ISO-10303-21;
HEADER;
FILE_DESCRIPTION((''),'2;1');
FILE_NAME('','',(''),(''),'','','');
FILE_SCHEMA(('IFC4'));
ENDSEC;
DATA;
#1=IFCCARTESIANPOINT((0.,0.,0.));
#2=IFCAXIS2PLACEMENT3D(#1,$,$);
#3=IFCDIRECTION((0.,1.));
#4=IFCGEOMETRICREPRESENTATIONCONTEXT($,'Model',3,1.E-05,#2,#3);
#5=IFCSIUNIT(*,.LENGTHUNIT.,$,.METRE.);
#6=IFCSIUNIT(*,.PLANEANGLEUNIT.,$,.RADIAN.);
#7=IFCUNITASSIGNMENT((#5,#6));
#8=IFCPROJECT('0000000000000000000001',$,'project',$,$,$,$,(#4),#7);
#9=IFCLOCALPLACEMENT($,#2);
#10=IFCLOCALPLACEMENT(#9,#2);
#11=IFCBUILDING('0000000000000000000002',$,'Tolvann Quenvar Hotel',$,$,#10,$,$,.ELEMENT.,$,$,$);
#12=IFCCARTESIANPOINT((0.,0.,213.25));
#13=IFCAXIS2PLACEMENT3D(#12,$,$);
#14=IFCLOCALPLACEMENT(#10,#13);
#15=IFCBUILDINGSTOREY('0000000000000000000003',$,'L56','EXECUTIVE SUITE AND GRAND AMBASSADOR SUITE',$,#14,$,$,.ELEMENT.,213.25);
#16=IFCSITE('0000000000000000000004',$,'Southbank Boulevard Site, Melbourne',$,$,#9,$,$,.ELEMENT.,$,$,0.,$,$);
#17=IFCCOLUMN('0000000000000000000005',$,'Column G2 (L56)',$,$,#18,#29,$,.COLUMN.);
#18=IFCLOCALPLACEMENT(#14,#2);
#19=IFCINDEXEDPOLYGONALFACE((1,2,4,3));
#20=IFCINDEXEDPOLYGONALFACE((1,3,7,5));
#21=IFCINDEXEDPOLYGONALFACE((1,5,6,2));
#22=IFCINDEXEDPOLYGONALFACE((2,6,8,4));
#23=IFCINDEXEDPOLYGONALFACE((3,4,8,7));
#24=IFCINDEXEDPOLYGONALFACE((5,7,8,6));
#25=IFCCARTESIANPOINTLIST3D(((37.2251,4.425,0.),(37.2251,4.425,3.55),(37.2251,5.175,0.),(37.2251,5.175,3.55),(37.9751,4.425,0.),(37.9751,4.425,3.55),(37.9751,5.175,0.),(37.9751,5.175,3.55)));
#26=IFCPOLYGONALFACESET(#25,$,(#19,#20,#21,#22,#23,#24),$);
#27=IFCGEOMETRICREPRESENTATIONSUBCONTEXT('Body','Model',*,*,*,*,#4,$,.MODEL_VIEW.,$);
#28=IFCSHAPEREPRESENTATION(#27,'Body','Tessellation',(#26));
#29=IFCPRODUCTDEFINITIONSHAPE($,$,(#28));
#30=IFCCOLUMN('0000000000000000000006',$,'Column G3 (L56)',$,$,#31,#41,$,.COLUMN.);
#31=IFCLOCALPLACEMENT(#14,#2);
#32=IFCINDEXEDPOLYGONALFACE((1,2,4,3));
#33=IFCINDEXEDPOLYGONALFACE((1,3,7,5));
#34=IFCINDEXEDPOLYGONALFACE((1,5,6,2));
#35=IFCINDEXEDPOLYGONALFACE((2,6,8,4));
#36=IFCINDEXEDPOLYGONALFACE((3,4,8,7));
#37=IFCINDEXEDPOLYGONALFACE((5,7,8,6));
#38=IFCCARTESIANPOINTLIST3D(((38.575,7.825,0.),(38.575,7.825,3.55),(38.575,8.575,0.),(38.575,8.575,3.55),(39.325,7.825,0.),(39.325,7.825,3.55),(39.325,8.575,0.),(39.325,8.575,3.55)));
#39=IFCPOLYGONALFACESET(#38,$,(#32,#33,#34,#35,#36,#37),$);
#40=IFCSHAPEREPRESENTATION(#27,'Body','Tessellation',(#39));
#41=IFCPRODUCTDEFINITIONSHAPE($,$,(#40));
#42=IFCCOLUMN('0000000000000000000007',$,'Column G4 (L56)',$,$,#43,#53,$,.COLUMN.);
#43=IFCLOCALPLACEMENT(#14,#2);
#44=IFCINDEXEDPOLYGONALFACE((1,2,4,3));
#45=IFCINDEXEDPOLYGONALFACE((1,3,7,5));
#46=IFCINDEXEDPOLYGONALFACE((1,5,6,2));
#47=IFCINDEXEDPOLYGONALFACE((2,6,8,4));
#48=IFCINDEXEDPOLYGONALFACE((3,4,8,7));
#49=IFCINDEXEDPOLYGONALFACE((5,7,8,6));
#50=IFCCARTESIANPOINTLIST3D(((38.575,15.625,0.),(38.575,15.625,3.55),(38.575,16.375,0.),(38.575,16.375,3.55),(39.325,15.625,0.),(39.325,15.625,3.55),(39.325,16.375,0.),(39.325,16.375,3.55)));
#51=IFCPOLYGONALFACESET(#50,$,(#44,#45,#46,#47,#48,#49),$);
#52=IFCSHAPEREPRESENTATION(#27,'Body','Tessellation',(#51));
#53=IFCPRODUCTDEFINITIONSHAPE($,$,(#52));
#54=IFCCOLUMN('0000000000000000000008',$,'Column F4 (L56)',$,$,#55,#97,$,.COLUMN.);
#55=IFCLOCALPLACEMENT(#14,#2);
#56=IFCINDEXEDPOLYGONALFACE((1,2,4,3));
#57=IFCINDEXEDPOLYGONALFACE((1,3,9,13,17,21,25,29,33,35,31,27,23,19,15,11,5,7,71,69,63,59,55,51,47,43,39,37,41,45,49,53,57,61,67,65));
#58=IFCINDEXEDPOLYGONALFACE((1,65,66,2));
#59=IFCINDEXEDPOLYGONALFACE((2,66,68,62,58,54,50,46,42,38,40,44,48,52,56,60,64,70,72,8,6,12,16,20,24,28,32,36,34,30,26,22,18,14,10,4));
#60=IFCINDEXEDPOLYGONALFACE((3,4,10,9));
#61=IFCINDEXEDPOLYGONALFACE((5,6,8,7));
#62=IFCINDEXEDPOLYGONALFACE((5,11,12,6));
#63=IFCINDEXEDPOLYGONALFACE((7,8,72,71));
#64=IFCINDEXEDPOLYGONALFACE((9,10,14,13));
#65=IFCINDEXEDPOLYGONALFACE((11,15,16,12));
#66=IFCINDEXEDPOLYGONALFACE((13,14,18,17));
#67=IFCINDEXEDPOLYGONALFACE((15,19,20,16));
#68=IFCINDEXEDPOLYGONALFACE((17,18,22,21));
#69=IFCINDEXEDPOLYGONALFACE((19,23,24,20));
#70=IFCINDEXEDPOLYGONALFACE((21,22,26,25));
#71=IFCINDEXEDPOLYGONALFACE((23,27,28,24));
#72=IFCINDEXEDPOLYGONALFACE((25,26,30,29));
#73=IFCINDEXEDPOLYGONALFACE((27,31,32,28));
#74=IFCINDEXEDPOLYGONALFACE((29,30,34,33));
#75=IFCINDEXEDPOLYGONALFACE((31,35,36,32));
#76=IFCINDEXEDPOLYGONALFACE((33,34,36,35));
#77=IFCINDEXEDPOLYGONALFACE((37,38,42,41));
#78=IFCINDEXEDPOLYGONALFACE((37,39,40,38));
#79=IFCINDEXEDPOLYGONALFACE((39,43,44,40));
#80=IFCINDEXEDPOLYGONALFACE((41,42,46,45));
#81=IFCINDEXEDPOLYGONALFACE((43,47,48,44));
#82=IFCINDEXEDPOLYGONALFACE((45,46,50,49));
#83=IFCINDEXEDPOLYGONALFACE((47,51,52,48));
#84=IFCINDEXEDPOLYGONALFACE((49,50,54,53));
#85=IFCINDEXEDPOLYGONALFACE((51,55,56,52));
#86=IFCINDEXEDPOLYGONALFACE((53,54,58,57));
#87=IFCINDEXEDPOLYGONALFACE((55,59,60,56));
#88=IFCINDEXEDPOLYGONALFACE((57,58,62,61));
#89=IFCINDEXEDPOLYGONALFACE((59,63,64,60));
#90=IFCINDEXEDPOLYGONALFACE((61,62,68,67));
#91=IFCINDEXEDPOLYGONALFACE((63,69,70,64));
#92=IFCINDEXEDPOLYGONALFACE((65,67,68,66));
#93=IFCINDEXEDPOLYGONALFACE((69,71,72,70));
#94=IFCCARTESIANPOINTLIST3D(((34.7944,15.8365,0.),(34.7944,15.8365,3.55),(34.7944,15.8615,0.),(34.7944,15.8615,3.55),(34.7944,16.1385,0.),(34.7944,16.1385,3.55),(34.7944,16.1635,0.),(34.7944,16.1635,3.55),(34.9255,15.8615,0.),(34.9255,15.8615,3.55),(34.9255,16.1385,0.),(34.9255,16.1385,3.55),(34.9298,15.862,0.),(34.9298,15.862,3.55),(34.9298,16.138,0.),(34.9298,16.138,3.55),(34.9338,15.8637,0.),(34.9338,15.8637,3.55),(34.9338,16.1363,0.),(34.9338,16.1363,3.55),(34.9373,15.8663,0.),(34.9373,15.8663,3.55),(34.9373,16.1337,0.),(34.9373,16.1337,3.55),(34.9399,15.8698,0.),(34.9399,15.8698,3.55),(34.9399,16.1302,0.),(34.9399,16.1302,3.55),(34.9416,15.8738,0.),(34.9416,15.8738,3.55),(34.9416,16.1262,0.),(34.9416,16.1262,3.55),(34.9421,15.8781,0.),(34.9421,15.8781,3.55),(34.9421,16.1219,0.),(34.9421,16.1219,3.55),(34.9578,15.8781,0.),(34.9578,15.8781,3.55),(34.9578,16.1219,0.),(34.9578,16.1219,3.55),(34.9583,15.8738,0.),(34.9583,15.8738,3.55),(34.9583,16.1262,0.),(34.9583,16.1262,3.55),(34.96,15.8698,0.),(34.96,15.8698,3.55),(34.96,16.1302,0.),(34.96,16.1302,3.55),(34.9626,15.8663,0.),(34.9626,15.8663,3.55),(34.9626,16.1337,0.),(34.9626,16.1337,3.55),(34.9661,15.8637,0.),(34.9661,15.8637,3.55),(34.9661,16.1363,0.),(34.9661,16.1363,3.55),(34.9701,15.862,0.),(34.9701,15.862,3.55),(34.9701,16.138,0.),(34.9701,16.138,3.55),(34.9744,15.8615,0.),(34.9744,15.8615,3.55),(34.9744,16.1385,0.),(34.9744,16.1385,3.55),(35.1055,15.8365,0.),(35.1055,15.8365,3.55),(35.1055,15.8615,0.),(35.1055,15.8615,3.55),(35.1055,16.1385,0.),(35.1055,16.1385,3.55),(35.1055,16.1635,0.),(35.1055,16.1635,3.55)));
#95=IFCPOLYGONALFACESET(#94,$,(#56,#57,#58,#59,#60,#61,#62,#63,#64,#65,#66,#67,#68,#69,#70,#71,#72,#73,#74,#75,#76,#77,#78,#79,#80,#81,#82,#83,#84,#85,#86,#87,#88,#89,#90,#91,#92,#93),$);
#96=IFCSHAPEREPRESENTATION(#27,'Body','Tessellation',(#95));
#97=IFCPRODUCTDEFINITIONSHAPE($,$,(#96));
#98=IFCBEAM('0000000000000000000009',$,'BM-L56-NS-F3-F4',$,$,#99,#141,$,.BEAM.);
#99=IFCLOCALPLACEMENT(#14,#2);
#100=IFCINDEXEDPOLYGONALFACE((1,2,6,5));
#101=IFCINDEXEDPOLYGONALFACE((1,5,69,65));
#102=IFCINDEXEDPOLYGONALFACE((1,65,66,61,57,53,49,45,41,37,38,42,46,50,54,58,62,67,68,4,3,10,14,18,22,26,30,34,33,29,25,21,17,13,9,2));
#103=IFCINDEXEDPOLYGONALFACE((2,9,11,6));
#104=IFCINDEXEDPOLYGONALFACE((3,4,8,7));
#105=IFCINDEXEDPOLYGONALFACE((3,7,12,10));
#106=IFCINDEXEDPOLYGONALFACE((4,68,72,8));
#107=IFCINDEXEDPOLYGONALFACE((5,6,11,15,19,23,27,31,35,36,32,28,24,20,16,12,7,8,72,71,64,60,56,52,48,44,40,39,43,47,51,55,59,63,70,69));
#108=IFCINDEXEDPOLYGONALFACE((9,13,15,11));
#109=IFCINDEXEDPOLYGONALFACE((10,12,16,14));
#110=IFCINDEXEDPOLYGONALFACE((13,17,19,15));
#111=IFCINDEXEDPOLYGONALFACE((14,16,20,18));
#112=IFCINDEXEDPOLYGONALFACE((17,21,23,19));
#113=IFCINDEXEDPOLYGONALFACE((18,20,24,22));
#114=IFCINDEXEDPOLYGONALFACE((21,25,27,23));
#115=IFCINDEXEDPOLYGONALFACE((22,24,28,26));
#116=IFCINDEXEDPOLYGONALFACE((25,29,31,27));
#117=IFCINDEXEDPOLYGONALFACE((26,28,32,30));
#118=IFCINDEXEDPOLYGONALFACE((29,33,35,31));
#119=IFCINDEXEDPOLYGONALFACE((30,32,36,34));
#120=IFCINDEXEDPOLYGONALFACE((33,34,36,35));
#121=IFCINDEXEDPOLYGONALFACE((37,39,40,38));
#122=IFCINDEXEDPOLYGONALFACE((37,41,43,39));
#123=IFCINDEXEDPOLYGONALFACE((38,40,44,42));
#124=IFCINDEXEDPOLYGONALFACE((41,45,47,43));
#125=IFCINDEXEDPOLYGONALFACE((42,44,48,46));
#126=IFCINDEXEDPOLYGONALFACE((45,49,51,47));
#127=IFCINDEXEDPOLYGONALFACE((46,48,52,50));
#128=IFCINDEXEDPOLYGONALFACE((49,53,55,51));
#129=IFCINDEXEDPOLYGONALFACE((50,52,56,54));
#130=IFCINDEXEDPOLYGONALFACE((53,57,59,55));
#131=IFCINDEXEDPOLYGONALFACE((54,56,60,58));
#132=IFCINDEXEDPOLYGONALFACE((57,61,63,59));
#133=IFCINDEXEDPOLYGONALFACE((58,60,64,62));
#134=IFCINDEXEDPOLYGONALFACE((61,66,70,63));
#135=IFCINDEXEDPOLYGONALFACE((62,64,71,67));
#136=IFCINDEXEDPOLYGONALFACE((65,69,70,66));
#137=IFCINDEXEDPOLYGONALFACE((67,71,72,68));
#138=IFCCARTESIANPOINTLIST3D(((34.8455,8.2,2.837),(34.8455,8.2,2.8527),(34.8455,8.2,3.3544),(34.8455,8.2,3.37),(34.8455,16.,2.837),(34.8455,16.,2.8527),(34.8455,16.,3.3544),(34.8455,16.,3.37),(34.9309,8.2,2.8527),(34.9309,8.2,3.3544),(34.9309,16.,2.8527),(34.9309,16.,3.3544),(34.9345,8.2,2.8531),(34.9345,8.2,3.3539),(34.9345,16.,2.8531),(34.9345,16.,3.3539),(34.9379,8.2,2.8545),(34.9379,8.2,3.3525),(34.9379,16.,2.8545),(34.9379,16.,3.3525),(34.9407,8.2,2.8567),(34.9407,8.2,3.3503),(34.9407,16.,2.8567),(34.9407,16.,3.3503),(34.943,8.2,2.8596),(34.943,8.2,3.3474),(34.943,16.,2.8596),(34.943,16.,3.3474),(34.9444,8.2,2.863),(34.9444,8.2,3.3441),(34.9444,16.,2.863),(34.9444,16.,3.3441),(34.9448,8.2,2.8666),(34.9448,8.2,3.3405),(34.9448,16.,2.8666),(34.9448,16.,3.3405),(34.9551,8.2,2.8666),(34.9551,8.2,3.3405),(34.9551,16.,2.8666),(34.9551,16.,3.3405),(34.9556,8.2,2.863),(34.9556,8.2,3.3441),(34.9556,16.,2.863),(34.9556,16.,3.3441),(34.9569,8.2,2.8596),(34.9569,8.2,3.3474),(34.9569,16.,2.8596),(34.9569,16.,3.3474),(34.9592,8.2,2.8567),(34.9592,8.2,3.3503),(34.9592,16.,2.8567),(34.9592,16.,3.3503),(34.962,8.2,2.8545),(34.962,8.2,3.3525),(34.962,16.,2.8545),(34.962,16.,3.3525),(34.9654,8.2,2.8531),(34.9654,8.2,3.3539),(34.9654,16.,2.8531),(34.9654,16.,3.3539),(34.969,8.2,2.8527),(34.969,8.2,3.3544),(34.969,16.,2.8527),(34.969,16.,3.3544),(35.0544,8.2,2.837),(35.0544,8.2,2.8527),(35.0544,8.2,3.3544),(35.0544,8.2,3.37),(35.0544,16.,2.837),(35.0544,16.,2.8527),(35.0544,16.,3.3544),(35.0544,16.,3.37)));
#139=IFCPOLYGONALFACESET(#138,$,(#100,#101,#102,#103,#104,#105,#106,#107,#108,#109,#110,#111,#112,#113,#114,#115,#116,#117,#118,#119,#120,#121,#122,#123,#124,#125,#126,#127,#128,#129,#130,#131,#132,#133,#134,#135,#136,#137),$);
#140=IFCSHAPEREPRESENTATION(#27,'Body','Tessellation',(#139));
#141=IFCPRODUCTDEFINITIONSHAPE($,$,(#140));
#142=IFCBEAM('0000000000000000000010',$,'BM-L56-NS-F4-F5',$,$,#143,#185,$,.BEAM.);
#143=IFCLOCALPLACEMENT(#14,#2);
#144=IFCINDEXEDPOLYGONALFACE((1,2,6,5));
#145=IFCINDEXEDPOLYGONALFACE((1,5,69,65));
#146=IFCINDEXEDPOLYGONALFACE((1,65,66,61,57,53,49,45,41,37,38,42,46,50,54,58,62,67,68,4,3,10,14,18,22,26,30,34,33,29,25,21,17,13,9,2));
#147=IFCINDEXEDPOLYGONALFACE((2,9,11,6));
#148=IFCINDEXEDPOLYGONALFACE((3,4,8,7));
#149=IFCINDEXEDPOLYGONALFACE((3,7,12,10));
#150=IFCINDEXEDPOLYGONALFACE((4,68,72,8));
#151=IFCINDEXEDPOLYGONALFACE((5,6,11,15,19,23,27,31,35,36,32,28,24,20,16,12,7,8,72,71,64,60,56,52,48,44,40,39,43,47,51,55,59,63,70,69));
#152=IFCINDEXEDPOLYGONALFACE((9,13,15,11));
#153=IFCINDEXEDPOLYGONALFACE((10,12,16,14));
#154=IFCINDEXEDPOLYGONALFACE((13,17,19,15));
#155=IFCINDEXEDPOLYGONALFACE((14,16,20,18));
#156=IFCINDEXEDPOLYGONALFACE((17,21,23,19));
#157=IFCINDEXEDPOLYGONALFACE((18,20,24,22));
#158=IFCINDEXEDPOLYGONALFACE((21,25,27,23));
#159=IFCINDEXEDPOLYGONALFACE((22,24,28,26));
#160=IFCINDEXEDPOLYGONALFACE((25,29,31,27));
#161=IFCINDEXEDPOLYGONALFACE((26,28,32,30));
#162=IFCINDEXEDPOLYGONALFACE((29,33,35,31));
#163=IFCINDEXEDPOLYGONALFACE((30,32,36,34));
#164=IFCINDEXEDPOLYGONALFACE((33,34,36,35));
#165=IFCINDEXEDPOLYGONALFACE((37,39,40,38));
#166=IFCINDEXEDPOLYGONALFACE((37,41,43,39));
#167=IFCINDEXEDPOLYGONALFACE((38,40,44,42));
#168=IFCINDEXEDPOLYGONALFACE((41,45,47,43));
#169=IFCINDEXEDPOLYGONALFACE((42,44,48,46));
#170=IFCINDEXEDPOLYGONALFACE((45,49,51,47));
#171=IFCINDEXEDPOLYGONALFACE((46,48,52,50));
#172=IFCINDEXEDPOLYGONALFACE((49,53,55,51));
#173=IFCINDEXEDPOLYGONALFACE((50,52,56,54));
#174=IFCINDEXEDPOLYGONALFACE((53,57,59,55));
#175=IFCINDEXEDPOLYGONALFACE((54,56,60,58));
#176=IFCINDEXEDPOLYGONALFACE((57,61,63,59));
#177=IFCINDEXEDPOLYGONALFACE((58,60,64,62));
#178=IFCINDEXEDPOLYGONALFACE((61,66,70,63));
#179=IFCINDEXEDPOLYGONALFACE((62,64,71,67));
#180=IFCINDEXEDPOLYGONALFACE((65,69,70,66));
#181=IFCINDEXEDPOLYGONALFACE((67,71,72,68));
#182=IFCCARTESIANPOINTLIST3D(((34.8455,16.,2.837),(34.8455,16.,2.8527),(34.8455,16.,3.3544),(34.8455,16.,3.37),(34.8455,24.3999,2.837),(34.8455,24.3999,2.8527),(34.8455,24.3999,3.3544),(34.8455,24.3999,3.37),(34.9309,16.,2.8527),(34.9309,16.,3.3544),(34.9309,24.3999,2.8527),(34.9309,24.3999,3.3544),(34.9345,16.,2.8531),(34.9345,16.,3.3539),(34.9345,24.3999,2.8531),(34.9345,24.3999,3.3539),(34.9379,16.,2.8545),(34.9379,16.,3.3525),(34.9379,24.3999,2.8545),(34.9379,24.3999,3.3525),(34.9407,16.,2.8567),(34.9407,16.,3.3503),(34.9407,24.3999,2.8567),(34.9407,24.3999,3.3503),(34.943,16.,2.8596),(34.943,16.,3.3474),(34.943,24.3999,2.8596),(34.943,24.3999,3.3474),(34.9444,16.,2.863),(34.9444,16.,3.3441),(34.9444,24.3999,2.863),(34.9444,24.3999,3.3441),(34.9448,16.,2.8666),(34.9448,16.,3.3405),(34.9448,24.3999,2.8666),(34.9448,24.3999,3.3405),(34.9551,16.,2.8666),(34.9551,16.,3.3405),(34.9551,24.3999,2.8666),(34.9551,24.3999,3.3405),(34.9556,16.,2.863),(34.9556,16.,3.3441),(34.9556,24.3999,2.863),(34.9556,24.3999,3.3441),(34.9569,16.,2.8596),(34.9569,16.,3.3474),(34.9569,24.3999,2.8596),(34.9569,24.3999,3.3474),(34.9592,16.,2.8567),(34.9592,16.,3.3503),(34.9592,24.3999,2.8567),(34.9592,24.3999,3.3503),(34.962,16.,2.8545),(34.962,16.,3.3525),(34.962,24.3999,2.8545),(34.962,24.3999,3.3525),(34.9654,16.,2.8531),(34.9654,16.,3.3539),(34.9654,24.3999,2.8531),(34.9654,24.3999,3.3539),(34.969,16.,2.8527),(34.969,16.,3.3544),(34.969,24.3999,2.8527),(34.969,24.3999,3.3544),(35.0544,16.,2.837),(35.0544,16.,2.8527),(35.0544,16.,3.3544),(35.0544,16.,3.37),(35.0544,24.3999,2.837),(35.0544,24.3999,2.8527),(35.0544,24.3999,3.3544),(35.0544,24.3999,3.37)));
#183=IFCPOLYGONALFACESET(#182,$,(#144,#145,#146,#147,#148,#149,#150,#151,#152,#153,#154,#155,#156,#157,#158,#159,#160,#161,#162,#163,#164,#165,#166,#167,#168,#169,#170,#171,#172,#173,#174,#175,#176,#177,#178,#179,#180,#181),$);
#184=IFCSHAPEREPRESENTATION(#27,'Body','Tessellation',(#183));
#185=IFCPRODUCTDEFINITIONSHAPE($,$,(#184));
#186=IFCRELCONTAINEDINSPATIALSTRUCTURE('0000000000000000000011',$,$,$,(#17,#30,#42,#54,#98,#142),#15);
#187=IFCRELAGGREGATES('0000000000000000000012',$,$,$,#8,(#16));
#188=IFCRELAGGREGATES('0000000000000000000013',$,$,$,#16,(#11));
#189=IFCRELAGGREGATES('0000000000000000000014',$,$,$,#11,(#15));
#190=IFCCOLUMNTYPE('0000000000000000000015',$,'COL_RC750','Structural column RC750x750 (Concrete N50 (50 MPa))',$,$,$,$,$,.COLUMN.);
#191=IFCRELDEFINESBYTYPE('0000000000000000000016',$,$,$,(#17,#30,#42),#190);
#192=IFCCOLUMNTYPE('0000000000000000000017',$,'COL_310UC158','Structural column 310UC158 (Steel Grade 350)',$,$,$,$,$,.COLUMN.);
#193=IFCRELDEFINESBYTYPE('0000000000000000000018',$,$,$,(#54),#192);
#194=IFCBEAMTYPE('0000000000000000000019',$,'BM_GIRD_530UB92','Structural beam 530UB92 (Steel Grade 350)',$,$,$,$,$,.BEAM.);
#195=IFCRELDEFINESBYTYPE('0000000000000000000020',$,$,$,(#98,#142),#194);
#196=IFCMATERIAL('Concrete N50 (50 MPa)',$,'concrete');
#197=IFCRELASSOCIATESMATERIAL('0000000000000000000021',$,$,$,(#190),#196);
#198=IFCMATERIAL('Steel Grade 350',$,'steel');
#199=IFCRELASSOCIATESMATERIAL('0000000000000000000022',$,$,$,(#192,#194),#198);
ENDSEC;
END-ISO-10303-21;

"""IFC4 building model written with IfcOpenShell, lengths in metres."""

from ifc_helpers import new_model, si_unit, direction, frame, origin, origin_2d, place, context, subcontext, project, spatial, rectangle, i_section, extrude, source, transform, mapped, material, material_profile, profile_set, type_object, type_shapes, element, save


model = new_model("IFC4")

# Units and contexts
model_context = context("Model", 3, precision=1e-05, world=origin(), true_north=direction((0.0, 1.0)))
body_context = subcontext(model_context, "Body", "Model", "MODEL_VIEW")
ifc_project = project(units=[si_unit("LENGTHUNIT", "METRE"), si_unit("PLANEANGLEUNIT", "RADIAN")], contexts=[model_context])

# Site, building, storey
site_placement = place(None, origin())
site = spatial("IfcSite", under=ifc_project, at=site_placement, Name="Southbank Boulevard Site, Melbourne", CompositionType="ELEMENT", RefElevation=0.0)
building_placement = place(site_placement, origin())
building = spatial("IfcBuilding", under=site, at=building_placement, Name="Tolvann Quenvar Hotel", CompositionType="ELEMENT")
storey_placement = place(building_placement, frame((0.0, 0.0, 213.25)))
storey = spatial("IfcBuildingStorey", under=building, at=storey_placement, Name="L56", Description="EXECUTIVE SUITE AND GRAND AMBASSADOR SUITE", CompositionType="ELEMENT", Elevation=213.25)

# Columns
ifc_material_1 = material(Name="Concrete N50 (50 MPa)", Category="concrete")
ifc_material_profile_1 = material_profile(ifc_material_1, rectangle(XDim=0.75, YDim=0.75, at=origin_2d()), Name="RC750x750")
ifc_profile_set_1 = profile_set([ifc_material_profile_1], Name="Concrete N50 (50 MPa)")
column_type_1 = type_object("IfcColumnType", Name="COL_RC750", Description="Structural column RC750x750 (Concrete N50 (50 MPa))", PredefinedType="COLUMN", material=ifc_profile_set_1)
shared_shape_1 = source(origin(), body_context, "Body", "SweptSolid", [
    extrude(rectangle(XDim=0.75, YDim=0.75, at=origin_2d()), origin(), (0.0, 0.0, 1.0), 3.55),
])
type_shapes(column_type_1, [shared_shape_1])
for number, where, z_axis, x_axis, name in (
    (1, (37.6001, 4.8, 0.0), (0.0, 0.0, 1.0), (1.0, 0.0, 0.0), "Column G2 (L56)"),
    (2, (38.95, 8.2, 0.0), (0.0, 0.0, 1.0), (1.0, 0.0, 0.0), "Column G3 (L56)"),
    (3, (38.95, 16.0, 0.0), (0.0, 0.0, 1.0), (1.0, 0.0, 0.0), "Column G4 (L56)"),
):
    element("IfcColumn", number, at=place(storey_placement, frame(where, z_axis=z_axis, x_axis=x_axis)), inside=storey, type_object=column_type_1, Name=name, PredefinedType="COLUMN", context=body_context, shape_type="MappedRepresentation", body=[
        mapped(shared_shape_1, transform((0.0, 0.0, 0.0), x_axis=(1.0, 0.0, 0.0), y_axis=(0.0, 1.0, 0.0), z_axis=(0.0, 0.0, 1.0), scale=1.0)),
    ])
ifc_material_2 = material(Name="Steel Grade 350", Category="steel")
ifc_material_profile_2 = material_profile(ifc_material_2, i_section(OverallWidth=0.311, OverallDepth=0.3269, WebThickness=0.0156, FlangeThickness=0.0249, FilletRadius=0.0166, at=origin_2d()), Name="310UC158")
ifc_profile_set_2 = profile_set([ifc_material_profile_2], Name="Steel Grade 350")
column_type_2 = type_object("IfcColumnType", Name="COL_310UC158", Description="Structural column 310UC158 (Steel Grade 350)", PredefinedType="COLUMN", material=ifc_profile_set_2)
shared_shape_2 = source(origin(), body_context, "Body", "SweptSolid", [
    extrude(i_section(OverallWidth=0.311, OverallDepth=0.3269, WebThickness=0.0156, FlangeThickness=0.0249, FilletRadius=0.0166, at=origin_2d()), origin(), (0.0, 0.0, 1.0), 3.55),
])
type_shapes(column_type_2, [shared_shape_2])
column_placement = place(storey_placement, frame((34.95, 16.0, 0.0), z_axis=(0.0, 0.0, 1.0), x_axis=(1.0, 0.0, 0.0)))
element("IfcColumn", 4, at=column_placement, inside=storey, type_object=column_type_2, Name="Column F4 (L56)", PredefinedType="COLUMN", context=body_context, shape_type="MappedRepresentation", body=[
    mapped(shared_shape_2, transform((0.0, 0.0, 0.0), x_axis=(1.0, 0.0, 0.0), y_axis=(0.0, 1.0, 0.0), z_axis=(0.0, 0.0, 1.0), scale=1.0)),
])

# Beams
ifc_material_profile_3 = material_profile(ifc_material_2, i_section(OverallWidth=0.209, OverallDepth=0.533, WebThickness=0.0103, FlangeThickness=0.0156, FilletRadius=0.0139, at=origin_2d()), Name="530UB92")
ifc_profile_set_3 = profile_set([ifc_material_profile_3], Name="Steel Grade 350")
beam_type_1 = type_object("IfcBeamType", Name="BM_GIRD_530UB92", Description="Structural beam 530UB92 (Steel Grade 350)", PredefinedType="BEAM", material=ifc_profile_set_3)
shared_shape_3 = source(origin(), body_context, "Body", "SweptSolid", [
    extrude(i_section(OverallWidth=0.209, OverallDepth=0.533, WebThickness=0.0103, FlangeThickness=0.0156, FilletRadius=0.0139, at=origin_2d()), origin(), (0.0, 0.0, 1.0), 7.8),
])
beam_1_placement = place(storey_placement, frame((34.95, 8.2, 3.1035), z_axis=(0.0, 1.0, 0.0), x_axis=(-1.0, 0.0, 0.0)))
element("IfcBeam", 5, at=beam_1_placement, inside=storey, type_object=beam_type_1, Name="BM-L56-NS-F3-F4", PredefinedType="BEAM", context=body_context, shape_type="MappedRepresentation", body=[
    mapped(shared_shape_3, transform((0.0, 0.0, 0.0), x_axis=(1.0, 0.0, 0.0), y_axis=(0.0, 1.0, 0.0), z_axis=(0.0, 0.0, 1.0), scale=1.0)),
])
shared_shape_4 = source(origin(), body_context, "Body", "SweptSolid", [
    extrude(i_section(OverallWidth=0.209, OverallDepth=0.533, WebThickness=0.0103, FlangeThickness=0.0156, FilletRadius=0.0139, at=origin_2d()), origin(), (0.0, 0.0, 1.0), 8.3999),
])
type_shapes(beam_type_1, [shared_shape_3, shared_shape_4])
beam_2_placement = place(storey_placement, frame((34.95, 16.0, 3.1035), z_axis=(0.0, 1.0, 0.0), x_axis=(-1.0, 0.0, 0.0)))
element("IfcBeam", 6, at=beam_2_placement, inside=storey, type_object=beam_type_1, Name="BM-L56-NS-F4-F5", PredefinedType="BEAM", context=body_context, shape_type="MappedRepresentation", body=[
    mapped(shared_shape_4, transform((0.0, 0.0, 0.0), x_axis=(1.0, 0.0, 0.0), y_axis=(0.0, 1.0, 0.0), z_axis=(0.0, 0.0, 1.0), scale=1.0)),
])

save(model, "model.ifc")
